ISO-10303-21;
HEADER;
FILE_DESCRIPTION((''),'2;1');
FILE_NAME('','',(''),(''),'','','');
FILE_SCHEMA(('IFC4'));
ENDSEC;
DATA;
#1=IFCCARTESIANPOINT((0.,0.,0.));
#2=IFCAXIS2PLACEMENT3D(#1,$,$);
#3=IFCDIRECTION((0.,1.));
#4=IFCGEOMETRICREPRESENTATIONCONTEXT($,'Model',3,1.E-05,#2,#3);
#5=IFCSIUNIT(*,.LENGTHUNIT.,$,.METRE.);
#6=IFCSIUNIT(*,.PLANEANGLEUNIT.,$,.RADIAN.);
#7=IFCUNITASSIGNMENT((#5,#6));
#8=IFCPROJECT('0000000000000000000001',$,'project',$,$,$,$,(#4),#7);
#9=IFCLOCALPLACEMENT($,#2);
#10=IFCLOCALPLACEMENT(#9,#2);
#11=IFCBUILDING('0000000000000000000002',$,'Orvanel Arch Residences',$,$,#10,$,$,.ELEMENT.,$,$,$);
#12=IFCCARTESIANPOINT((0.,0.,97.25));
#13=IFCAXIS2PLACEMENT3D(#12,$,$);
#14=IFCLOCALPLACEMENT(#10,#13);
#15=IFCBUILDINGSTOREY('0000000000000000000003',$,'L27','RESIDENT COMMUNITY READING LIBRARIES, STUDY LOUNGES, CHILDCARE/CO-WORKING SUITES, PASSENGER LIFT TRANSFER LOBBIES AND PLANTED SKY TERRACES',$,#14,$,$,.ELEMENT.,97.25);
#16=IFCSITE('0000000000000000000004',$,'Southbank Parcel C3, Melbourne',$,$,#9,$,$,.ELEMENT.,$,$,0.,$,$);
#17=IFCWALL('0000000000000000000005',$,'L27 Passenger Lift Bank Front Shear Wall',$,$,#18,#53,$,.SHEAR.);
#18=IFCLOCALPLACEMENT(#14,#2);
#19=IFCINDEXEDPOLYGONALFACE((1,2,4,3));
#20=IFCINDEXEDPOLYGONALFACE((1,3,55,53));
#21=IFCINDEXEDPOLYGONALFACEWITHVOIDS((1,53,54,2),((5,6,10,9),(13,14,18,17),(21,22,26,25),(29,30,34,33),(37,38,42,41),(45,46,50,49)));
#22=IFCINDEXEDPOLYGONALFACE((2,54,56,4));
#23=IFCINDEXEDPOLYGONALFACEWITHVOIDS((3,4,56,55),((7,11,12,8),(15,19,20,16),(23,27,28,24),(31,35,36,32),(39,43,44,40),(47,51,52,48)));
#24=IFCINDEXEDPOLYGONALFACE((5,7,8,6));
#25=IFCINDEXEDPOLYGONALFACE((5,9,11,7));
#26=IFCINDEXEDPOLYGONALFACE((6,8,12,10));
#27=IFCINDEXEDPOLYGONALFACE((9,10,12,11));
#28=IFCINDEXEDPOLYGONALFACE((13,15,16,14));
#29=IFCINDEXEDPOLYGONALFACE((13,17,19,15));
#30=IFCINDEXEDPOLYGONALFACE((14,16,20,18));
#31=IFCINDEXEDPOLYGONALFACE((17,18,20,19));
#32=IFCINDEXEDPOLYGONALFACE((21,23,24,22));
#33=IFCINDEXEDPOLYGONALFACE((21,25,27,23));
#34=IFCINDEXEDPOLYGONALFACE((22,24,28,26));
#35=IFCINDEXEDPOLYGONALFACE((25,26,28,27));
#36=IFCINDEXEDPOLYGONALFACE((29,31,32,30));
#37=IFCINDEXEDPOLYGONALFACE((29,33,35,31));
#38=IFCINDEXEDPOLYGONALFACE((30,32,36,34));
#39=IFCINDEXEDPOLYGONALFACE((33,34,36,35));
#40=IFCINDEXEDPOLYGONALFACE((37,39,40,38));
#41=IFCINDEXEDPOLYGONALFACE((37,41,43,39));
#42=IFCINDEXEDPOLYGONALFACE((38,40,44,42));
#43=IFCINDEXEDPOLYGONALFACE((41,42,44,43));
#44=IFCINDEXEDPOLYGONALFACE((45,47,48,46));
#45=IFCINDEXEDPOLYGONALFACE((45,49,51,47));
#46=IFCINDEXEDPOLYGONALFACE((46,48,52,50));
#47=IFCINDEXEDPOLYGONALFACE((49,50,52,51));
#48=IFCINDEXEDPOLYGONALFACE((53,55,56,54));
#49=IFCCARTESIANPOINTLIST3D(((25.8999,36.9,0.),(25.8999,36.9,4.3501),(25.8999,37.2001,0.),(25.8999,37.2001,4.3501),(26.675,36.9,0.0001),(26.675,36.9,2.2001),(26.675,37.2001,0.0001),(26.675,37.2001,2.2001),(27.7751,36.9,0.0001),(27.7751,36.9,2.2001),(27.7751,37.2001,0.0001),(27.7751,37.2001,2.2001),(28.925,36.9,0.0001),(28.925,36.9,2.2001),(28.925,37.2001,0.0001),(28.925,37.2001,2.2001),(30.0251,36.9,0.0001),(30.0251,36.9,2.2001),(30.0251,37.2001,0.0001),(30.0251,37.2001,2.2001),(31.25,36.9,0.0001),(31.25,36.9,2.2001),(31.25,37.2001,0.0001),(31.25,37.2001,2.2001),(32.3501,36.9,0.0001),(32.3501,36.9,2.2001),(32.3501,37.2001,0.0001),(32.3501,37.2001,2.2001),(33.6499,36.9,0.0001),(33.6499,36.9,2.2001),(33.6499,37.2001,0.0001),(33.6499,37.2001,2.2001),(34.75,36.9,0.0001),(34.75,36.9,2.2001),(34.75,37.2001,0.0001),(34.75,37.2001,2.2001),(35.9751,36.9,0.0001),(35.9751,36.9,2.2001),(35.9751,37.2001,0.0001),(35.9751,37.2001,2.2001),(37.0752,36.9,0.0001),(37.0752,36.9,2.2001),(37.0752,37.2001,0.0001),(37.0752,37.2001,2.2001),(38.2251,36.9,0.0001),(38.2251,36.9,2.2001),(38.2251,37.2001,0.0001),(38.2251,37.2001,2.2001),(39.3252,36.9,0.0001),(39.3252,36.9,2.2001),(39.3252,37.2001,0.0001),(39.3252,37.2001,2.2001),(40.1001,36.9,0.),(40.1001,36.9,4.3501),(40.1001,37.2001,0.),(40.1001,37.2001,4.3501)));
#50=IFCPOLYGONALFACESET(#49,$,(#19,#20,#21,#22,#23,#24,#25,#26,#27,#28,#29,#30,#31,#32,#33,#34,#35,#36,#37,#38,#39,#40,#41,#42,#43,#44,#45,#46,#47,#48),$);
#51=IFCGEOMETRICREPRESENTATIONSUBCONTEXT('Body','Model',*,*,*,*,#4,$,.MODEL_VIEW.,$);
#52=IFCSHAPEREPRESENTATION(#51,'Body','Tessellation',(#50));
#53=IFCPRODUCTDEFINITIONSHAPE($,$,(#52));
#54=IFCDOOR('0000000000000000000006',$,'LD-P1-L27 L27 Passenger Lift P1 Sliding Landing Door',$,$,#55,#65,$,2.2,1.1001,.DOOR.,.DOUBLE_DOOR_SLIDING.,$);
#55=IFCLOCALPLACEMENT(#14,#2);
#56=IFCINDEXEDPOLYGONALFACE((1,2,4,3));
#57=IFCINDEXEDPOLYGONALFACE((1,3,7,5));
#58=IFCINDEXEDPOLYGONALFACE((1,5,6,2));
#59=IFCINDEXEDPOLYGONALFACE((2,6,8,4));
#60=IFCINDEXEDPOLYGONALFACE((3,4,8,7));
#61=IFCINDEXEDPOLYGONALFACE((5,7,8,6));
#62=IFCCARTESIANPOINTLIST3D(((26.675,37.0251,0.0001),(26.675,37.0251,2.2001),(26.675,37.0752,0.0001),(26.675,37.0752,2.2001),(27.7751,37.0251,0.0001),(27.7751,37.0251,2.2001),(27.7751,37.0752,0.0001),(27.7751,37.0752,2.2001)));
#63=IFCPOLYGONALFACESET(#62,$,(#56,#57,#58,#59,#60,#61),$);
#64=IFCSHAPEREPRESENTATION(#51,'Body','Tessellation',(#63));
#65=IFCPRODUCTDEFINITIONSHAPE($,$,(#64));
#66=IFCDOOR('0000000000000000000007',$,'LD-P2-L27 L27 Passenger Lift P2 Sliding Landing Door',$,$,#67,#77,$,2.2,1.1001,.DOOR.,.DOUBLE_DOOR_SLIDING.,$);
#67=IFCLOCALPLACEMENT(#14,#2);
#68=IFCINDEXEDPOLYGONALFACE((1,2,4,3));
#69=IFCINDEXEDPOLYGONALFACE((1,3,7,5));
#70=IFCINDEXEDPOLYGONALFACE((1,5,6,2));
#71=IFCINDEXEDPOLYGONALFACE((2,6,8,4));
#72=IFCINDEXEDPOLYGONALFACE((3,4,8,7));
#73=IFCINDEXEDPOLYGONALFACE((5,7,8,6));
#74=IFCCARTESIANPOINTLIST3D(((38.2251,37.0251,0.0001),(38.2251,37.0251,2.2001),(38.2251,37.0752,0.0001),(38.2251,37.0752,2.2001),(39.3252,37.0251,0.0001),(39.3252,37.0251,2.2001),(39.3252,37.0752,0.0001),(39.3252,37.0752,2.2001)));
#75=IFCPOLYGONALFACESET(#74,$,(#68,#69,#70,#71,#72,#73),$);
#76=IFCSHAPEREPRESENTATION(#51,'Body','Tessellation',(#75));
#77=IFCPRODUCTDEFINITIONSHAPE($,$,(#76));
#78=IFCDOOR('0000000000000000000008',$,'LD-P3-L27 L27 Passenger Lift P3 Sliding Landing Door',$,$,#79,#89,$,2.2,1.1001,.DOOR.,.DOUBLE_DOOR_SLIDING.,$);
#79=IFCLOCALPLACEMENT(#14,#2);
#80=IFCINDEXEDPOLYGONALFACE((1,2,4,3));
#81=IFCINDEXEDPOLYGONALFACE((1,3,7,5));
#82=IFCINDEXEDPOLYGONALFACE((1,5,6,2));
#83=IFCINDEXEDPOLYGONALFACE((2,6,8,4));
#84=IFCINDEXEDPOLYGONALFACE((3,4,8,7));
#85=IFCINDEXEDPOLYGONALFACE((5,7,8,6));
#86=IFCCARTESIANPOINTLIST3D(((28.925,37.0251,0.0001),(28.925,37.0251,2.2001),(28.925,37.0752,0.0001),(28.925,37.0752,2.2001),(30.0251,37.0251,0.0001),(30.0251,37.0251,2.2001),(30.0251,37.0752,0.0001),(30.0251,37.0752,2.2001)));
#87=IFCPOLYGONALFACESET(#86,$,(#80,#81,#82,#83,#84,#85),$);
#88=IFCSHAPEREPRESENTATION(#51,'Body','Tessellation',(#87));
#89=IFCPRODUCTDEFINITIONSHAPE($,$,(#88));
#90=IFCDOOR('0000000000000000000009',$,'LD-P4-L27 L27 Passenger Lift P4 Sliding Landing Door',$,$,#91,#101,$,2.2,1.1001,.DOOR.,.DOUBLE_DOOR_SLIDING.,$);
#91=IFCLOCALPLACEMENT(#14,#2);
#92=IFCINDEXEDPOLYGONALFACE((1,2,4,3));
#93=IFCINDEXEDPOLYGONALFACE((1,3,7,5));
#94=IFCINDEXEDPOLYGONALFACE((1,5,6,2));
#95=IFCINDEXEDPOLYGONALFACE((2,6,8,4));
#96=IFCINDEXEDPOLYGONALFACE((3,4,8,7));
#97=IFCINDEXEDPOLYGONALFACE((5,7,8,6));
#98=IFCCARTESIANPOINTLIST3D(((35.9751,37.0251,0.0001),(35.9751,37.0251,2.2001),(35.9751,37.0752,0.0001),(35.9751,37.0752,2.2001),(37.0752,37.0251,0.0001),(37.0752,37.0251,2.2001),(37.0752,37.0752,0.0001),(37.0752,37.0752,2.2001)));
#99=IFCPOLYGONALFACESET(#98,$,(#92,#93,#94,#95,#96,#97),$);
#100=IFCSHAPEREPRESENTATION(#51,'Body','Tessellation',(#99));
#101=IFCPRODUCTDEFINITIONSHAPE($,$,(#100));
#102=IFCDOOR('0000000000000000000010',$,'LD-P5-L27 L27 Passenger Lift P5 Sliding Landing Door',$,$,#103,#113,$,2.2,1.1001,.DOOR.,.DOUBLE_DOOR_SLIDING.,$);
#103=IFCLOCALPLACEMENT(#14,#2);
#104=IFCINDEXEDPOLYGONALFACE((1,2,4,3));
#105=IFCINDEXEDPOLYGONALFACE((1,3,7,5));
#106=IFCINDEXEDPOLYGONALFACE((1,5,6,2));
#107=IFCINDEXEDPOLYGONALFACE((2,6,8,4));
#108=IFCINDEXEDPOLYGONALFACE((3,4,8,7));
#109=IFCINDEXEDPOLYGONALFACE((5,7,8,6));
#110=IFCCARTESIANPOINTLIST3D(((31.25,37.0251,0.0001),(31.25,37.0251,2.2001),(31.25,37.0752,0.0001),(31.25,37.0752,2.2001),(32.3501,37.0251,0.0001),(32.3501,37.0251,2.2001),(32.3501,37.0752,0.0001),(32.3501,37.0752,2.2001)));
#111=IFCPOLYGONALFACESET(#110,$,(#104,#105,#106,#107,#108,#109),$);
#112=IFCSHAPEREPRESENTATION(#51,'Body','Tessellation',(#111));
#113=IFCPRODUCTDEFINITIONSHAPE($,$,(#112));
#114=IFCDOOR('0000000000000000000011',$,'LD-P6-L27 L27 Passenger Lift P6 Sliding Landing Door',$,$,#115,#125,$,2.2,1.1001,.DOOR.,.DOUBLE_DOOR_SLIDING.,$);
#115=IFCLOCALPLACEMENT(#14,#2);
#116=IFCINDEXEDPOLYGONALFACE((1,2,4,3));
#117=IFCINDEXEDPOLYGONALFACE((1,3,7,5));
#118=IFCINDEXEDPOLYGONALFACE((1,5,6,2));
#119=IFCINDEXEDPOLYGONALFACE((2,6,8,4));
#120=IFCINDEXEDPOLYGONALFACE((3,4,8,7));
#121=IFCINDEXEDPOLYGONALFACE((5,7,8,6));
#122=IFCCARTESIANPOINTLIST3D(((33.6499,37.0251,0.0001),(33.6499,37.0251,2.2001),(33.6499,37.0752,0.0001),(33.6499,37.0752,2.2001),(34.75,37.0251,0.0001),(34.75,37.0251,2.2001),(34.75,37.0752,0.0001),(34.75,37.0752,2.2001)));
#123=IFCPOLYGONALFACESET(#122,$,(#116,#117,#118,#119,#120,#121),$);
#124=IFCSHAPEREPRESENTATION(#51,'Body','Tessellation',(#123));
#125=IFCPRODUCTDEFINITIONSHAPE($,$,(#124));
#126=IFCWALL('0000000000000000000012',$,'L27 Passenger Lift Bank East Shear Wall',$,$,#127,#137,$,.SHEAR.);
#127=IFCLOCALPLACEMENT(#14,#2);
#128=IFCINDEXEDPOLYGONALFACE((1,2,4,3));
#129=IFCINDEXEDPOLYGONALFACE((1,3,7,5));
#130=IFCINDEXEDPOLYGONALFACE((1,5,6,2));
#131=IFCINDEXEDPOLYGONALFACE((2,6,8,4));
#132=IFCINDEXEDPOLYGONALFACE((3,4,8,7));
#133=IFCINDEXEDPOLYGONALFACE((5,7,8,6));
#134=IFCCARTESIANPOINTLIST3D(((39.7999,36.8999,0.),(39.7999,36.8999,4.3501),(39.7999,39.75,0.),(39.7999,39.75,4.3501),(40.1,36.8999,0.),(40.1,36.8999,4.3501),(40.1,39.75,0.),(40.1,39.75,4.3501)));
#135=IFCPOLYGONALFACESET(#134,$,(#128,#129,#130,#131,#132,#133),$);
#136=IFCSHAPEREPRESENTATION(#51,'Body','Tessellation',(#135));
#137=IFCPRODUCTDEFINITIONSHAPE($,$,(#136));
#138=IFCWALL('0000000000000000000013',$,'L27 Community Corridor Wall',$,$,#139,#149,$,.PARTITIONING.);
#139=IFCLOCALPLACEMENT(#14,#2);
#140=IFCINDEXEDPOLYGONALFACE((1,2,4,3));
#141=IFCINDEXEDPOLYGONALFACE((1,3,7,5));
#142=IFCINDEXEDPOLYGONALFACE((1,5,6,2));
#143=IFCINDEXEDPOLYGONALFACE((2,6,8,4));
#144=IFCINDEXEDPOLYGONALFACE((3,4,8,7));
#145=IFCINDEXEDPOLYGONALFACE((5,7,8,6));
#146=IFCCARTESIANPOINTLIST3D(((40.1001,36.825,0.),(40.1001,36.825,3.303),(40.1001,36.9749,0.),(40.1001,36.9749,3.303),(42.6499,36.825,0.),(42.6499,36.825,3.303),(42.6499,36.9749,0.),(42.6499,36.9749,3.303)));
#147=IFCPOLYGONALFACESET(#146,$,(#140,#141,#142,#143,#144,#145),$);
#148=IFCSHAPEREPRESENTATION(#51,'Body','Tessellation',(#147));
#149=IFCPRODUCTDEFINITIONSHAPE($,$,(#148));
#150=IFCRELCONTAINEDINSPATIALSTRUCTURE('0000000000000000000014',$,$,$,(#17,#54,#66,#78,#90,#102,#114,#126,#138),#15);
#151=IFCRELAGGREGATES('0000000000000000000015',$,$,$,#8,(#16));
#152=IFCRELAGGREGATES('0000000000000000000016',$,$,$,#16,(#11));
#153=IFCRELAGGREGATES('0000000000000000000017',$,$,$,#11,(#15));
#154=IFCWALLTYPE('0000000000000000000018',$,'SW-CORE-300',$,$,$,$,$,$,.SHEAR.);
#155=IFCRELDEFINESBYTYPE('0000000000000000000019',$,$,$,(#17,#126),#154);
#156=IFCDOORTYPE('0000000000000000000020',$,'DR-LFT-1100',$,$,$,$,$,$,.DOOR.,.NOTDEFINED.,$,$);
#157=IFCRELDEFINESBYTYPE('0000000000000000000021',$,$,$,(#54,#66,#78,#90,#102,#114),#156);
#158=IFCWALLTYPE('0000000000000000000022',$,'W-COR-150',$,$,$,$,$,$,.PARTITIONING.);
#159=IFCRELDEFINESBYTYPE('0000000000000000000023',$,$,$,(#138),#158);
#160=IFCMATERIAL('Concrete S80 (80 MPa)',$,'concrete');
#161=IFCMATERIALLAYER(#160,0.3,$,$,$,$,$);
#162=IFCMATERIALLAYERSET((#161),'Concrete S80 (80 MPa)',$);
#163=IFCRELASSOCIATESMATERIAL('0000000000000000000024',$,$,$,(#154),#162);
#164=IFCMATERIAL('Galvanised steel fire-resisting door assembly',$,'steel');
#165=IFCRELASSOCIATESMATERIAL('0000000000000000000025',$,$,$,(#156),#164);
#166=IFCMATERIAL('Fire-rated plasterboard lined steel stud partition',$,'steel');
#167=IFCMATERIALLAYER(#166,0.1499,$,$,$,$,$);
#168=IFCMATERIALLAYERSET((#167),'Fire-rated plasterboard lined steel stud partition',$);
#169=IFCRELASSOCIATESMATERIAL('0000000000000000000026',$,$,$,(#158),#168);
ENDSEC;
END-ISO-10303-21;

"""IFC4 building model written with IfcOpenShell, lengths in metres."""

from ifc_helpers import new_model, si_unit, direction, frame, frame_2d, origin, place, context, subcontext, project, spatial, rectangle, extrude, material, layer, layer_set, type_object, element, fill, save


model = new_model("IFC4")

# Units and contexts
model_context = context("Model", 3, precision=1e-05, world=origin(), true_north=direction((0.0, 1.0)))
body_context = subcontext(model_context, "Body", "Model", "MODEL_VIEW")
ifc_project = project(units=[si_unit("LENGTHUNIT", "METRE"), si_unit("PLANEANGLEUNIT", "RADIAN")], contexts=[model_context])

# Site, building, storey
site_placement = place(None, origin())
site = spatial("IfcSite", under=ifc_project, at=site_placement, Name="Southbank Parcel C3, Melbourne", CompositionType="ELEMENT", RefElevation=0.0)
building_placement = place(site_placement, origin())
building = spatial("IfcBuilding", under=site, at=building_placement, Name="Orvanel Arch Residences", CompositionType="ELEMENT")
storey_placement = place(building_placement, frame((0.0, 0.0, 97.25)))
storey = spatial("IfcBuildingStorey", under=building, at=storey_placement, Name="L27", Description="RESIDENT COMMUNITY READING LIBRARIES, STUDY LOUNGES, CHILDCARE/CO-WORKING SUITES, PASSENGER LIFT TRANSFER LOBBIES AND PLANTED SKY TERRACES", CompositionType="ELEMENT", Elevation=97.25)

# Wall, openings, doors
ifc_material_1 = material(Name="Concrete S80 (80 MPa)", Category="concrete")
ifc_layer_1 = layer(ifc_material_1, 0.3)
ifc_layer_set_1 = layer_set([ifc_layer_1], Name="Concrete S80 (80 MPa)")
wall_type_1 = type_object("IfcWallType", Name="SW-CORE-300", PredefinedType="SHEAR", material=ifc_layer_set_1)
wall_1_placement = place(storey_placement, frame((40.1001, 37.05, 0.0), z_axis=(0.0, 0.0, 1.0), x_axis=(-1.0, 0.0, 0.0)))
wall_1 = element("IfcWall", 1, at=wall_1_placement, inside=storey, type_object=wall_type_1, Name="L27 Passenger Lift Bank Front Shear Wall", PredefinedType="SHEAR", context=body_context, shape_type="SweptSolid", body=[
    extrude(rectangle(XDim=14.2002, YDim=0.3, at=frame_2d((7.1001, 0.0))), origin(), (0.0, 0.0, 1.0), 4.3501),
])
opening_1_placement = place(wall_1_placement, frame((12.325, 0.0, 0.0)))
opening_1 = element("IfcOpeningElement", 2, at=opening_1_placement, cuts=wall_1, PredefinedType="OPENING", context=body_context, shape_type="SweptSolid", body=[
    extrude(rectangle(XDim=1.1001, YDim=2.2, at=frame_2d((0.55, 1.1001))), frame((0.0, 0.1599, 0.0), z_axis=(0.0, -1.0, 0.0), x_axis=(1.0, 0.0, 0.0)), (0.0, 0.0, 1.0), 0.3201),
])
opening_2_placement = place(wall_1_placement, frame((0.7749, 0.0, 0.0)))
opening_2 = element("IfcOpeningElement", 3, at=opening_2_placement, cuts=wall_1, PredefinedType="OPENING", context=body_context, shape_type="SweptSolid", body=[
    extrude(rectangle(XDim=1.1001, YDim=2.2, at=frame_2d((0.55, 1.1001))), frame((0.0, 0.1599, 0.0), z_axis=(0.0, -1.0, 0.0), x_axis=(1.0, 0.0, 0.0)), (0.0, 0.0, 1.0), 0.3201),
])
opening_3_placement = place(wall_1_placement, frame((10.075, 0.0, 0.0)))
opening_3 = element("IfcOpeningElement", 4, at=opening_3_placement, cuts=wall_1, PredefinedType="OPENING", context=body_context, shape_type="SweptSolid", body=[
    extrude(rectangle(XDim=1.1001, YDim=2.2, at=frame_2d((0.55, 1.1001))), frame((0.0, 0.1599, 0.0), z_axis=(0.0, -1.0, 0.0), x_axis=(1.0, 0.0, 0.0)), (0.0, 0.0, 1.0), 0.3201),
])
opening_4_placement = place(wall_1_placement, frame((3.0249, 0.0, 0.0)))
opening_4 = element("IfcOpeningElement", 5, at=opening_4_placement, cuts=wall_1, PredefinedType="OPENING", context=body_context, shape_type="SweptSolid", body=[
    extrude(rectangle(XDim=1.1001, YDim=2.2, at=frame_2d((0.55, 1.1001))), frame((0.0, 0.1599, 0.0), z_axis=(0.0, -1.0, 0.0), x_axis=(1.0, 0.0, 0.0)), (0.0, 0.0, 1.0), 0.3201),
])
opening_5_placement = place(wall_1_placement, frame((7.75, 0.0, 0.0)))
opening_5 = element("IfcOpeningElement", 6, at=opening_5_placement, cuts=wall_1, PredefinedType="OPENING", context=body_context, shape_type="SweptSolid", body=[
    extrude(rectangle(XDim=1.1001, YDim=2.2, at=frame_2d((0.55, 1.1001))), frame((0.0, 0.1599, 0.0), z_axis=(0.0, -1.0, 0.0), x_axis=(1.0, 0.0, 0.0)), (0.0, 0.0, 1.0), 0.3201),
])
opening_6_placement = place(wall_1_placement, frame((5.3501, 0.0, 0.0)))
opening_6 = element("IfcOpeningElement", 7, at=opening_6_placement, cuts=wall_1, PredefinedType="OPENING", context=body_context, shape_type="SweptSolid", body=[
    extrude(rectangle(XDim=1.1001, YDim=2.2, at=frame_2d((0.55, 1.1001))), frame((0.0, 0.1599, 0.0), z_axis=(0.0, -1.0, 0.0), x_axis=(1.0, 0.0, 0.0)), (0.0, 0.0, 1.0), 0.3201),
])
ifc_material_2 = material(Name="Galvanised steel fire-resisting door assembly", Category="steel")
door_type_1 = type_object("IfcDoorType", Name="DR-LFT-1100", OperationType="NOTDEFINED", PredefinedType="DOOR", material=ifc_material_2)
door_1_placement = place(opening_1_placement, origin())
door_1 = element("IfcDoor", 8, at=door_1_placement, inside=storey, type_object=door_type_1, Name="LD-P1-L27 L27 Passenger Lift P1 Sliding Landing Door", OperationType="DOUBLE_DOOR_SLIDING", OverallHeight=2.2, OverallWidth=1.1001, PredefinedType="DOOR", context=body_context, shape_type="SweptSolid", body=[
    extrude(rectangle(XDim=1.1001, YDim=2.2, at=frame_2d((0.55, 1.1001))), frame((0.0, 0.0249, 0.0), z_axis=(0.0, -1.0, 0.0), x_axis=(1.0, 0.0, 0.0)), (0.0, 0.0, 1.0), 0.05),
])
fill(opening_1, door_1)
door_2_placement = place(opening_2_placement, origin())
door_2 = element("IfcDoor", 9, at=door_2_placement, inside=storey, type_object=door_type_1, Name="LD-P2-L27 L27 Passenger Lift P2 Sliding Landing Door", OperationType="DOUBLE_DOOR_SLIDING", OverallHeight=2.2, OverallWidth=1.1001, PredefinedType="DOOR", context=body_context, shape_type="SweptSolid", body=[
    extrude(rectangle(XDim=1.1001, YDim=2.2, at=frame_2d((0.55, 1.1001))), frame((0.0, 0.0249, 0.0), z_axis=(0.0, -1.0, 0.0), x_axis=(1.0, 0.0, 0.0)), (0.0, 0.0, 1.0), 0.05),
])
fill(opening_2, door_2)
door_3_placement = place(opening_3_placement, origin())
door_3 = element("IfcDoor", 10, at=door_3_placement, inside=storey, type_object=door_type_1, Name="LD-P3-L27 L27 Passenger Lift P3 Sliding Landing Door", OperationType="DOUBLE_DOOR_SLIDING", OverallHeight=2.2, OverallWidth=1.1001, PredefinedType="DOOR", context=body_context, shape_type="SweptSolid", body=[
    extrude(rectangle(XDim=1.1001, YDim=2.2, at=frame_2d((0.55, 1.1001))), frame((0.0, 0.0249, 0.0), z_axis=(0.0, -1.0, 0.0), x_axis=(1.0, 0.0, 0.0)), (0.0, 0.0, 1.0), 0.05),
])
fill(opening_3, door_3)
door_4_placement = place(opening_4_placement, origin())
door_4 = element("IfcDoor", 11, at=door_4_placement, inside=storey, type_object=door_type_1, Name="LD-P4-L27 L27 Passenger Lift P4 Sliding Landing Door", OperationType="DOUBLE_DOOR_SLIDING", OverallHeight=2.2, OverallWidth=1.1001, PredefinedType="DOOR", context=body_context, shape_type="SweptSolid", body=[
    extrude(rectangle(XDim=1.1001, YDim=2.2, at=frame_2d((0.55, 1.1001))), frame((0.0, 0.0249, 0.0), z_axis=(0.0, -1.0, 0.0), x_axis=(1.0, 0.0, 0.0)), (0.0, 0.0, 1.0), 0.05),
])
fill(opening_4, door_4)
door_5_placement = place(opening_5_placement, origin())
door_5 = element("IfcDoor", 12, at=door_5_placement, inside=storey, type_object=door_type_1, Name="LD-P5-L27 L27 Passenger Lift P5 Sliding Landing Door", OperationType="DOUBLE_DOOR_SLIDING", OverallHeight=2.2, OverallWidth=1.1001, PredefinedType="DOOR", context=body_context, shape_type="SweptSolid", body=[
    extrude(rectangle(XDim=1.1001, YDim=2.2, at=frame_2d((0.55, 1.1001))), frame((0.0, 0.0249, 0.0), z_axis=(0.0, -1.0, 0.0), x_axis=(1.0, 0.0, 0.0)), (0.0, 0.0, 1.0), 0.05),
])
fill(opening_5, door_5)
door_6_placement = place(opening_6_placement, origin())
door_6 = element("IfcDoor", 13, at=door_6_placement, inside=storey, type_object=door_type_1, Name="LD-P6-L27 L27 Passenger Lift P6 Sliding Landing Door", OperationType="DOUBLE_DOOR_SLIDING", OverallHeight=2.2, OverallWidth=1.1001, PredefinedType="DOOR", context=body_context, shape_type="SweptSolid", body=[
    extrude(rectangle(XDim=1.1001, YDim=2.2, at=frame_2d((0.55, 1.1001))), frame((0.0, 0.0249, 0.0), z_axis=(0.0, -1.0, 0.0), x_axis=(1.0, 0.0, 0.0)), (0.0, 0.0, 1.0), 0.05),
])
fill(opening_6, door_6)

# Walls
wall_2_placement = place(storey_placement, frame((39.95, 36.8999, 0.0), z_axis=(0.0, 0.0, 1.0), x_axis=(0.0, 1.0, 0.0)))
element("IfcWall", 14, at=wall_2_placement, inside=storey, type_object=wall_type_1, Name="L27 Passenger Lift Bank East Shear Wall", PredefinedType="SHEAR", context=body_context, shape_type="SweptSolid", body=[
    extrude(rectangle(XDim=2.8501, YDim=0.3, at=frame_2d((1.425, 0.0))), origin(), (0.0, 0.0, 1.0), 4.3501),
])
ifc_material_3 = material(Name="Fire-rated plasterboard lined steel stud partition", Category="steel")
ifc_layer_2 = layer(ifc_material_3, 0.1499)
ifc_layer_set_2 = layer_set([ifc_layer_2], Name="Fire-rated plasterboard lined steel stud partition")
wall_type_2 = type_object("IfcWallType", Name="W-COR-150", PredefinedType="PARTITIONING", material=ifc_layer_set_2)
wall_3_placement = place(storey_placement, frame((40.1001, 36.8999, 0.0), z_axis=(0.0, 0.0, 1.0), x_axis=(1.0, 0.0, 0.0)))
element("IfcWall", 15, at=wall_3_placement, inside=storey, type_object=wall_type_2, Name="L27 Community Corridor Wall", PredefinedType="PARTITIONING", context=body_context, shape_type="SweptSolid", body=[
    extrude(rectangle(XDim=2.5498, YDim=0.1499, at=frame_2d((1.2749, 0.0))), origin(), (0.0, 0.0, 1.0), 3.303),
])

save(model, "model.ifc")
